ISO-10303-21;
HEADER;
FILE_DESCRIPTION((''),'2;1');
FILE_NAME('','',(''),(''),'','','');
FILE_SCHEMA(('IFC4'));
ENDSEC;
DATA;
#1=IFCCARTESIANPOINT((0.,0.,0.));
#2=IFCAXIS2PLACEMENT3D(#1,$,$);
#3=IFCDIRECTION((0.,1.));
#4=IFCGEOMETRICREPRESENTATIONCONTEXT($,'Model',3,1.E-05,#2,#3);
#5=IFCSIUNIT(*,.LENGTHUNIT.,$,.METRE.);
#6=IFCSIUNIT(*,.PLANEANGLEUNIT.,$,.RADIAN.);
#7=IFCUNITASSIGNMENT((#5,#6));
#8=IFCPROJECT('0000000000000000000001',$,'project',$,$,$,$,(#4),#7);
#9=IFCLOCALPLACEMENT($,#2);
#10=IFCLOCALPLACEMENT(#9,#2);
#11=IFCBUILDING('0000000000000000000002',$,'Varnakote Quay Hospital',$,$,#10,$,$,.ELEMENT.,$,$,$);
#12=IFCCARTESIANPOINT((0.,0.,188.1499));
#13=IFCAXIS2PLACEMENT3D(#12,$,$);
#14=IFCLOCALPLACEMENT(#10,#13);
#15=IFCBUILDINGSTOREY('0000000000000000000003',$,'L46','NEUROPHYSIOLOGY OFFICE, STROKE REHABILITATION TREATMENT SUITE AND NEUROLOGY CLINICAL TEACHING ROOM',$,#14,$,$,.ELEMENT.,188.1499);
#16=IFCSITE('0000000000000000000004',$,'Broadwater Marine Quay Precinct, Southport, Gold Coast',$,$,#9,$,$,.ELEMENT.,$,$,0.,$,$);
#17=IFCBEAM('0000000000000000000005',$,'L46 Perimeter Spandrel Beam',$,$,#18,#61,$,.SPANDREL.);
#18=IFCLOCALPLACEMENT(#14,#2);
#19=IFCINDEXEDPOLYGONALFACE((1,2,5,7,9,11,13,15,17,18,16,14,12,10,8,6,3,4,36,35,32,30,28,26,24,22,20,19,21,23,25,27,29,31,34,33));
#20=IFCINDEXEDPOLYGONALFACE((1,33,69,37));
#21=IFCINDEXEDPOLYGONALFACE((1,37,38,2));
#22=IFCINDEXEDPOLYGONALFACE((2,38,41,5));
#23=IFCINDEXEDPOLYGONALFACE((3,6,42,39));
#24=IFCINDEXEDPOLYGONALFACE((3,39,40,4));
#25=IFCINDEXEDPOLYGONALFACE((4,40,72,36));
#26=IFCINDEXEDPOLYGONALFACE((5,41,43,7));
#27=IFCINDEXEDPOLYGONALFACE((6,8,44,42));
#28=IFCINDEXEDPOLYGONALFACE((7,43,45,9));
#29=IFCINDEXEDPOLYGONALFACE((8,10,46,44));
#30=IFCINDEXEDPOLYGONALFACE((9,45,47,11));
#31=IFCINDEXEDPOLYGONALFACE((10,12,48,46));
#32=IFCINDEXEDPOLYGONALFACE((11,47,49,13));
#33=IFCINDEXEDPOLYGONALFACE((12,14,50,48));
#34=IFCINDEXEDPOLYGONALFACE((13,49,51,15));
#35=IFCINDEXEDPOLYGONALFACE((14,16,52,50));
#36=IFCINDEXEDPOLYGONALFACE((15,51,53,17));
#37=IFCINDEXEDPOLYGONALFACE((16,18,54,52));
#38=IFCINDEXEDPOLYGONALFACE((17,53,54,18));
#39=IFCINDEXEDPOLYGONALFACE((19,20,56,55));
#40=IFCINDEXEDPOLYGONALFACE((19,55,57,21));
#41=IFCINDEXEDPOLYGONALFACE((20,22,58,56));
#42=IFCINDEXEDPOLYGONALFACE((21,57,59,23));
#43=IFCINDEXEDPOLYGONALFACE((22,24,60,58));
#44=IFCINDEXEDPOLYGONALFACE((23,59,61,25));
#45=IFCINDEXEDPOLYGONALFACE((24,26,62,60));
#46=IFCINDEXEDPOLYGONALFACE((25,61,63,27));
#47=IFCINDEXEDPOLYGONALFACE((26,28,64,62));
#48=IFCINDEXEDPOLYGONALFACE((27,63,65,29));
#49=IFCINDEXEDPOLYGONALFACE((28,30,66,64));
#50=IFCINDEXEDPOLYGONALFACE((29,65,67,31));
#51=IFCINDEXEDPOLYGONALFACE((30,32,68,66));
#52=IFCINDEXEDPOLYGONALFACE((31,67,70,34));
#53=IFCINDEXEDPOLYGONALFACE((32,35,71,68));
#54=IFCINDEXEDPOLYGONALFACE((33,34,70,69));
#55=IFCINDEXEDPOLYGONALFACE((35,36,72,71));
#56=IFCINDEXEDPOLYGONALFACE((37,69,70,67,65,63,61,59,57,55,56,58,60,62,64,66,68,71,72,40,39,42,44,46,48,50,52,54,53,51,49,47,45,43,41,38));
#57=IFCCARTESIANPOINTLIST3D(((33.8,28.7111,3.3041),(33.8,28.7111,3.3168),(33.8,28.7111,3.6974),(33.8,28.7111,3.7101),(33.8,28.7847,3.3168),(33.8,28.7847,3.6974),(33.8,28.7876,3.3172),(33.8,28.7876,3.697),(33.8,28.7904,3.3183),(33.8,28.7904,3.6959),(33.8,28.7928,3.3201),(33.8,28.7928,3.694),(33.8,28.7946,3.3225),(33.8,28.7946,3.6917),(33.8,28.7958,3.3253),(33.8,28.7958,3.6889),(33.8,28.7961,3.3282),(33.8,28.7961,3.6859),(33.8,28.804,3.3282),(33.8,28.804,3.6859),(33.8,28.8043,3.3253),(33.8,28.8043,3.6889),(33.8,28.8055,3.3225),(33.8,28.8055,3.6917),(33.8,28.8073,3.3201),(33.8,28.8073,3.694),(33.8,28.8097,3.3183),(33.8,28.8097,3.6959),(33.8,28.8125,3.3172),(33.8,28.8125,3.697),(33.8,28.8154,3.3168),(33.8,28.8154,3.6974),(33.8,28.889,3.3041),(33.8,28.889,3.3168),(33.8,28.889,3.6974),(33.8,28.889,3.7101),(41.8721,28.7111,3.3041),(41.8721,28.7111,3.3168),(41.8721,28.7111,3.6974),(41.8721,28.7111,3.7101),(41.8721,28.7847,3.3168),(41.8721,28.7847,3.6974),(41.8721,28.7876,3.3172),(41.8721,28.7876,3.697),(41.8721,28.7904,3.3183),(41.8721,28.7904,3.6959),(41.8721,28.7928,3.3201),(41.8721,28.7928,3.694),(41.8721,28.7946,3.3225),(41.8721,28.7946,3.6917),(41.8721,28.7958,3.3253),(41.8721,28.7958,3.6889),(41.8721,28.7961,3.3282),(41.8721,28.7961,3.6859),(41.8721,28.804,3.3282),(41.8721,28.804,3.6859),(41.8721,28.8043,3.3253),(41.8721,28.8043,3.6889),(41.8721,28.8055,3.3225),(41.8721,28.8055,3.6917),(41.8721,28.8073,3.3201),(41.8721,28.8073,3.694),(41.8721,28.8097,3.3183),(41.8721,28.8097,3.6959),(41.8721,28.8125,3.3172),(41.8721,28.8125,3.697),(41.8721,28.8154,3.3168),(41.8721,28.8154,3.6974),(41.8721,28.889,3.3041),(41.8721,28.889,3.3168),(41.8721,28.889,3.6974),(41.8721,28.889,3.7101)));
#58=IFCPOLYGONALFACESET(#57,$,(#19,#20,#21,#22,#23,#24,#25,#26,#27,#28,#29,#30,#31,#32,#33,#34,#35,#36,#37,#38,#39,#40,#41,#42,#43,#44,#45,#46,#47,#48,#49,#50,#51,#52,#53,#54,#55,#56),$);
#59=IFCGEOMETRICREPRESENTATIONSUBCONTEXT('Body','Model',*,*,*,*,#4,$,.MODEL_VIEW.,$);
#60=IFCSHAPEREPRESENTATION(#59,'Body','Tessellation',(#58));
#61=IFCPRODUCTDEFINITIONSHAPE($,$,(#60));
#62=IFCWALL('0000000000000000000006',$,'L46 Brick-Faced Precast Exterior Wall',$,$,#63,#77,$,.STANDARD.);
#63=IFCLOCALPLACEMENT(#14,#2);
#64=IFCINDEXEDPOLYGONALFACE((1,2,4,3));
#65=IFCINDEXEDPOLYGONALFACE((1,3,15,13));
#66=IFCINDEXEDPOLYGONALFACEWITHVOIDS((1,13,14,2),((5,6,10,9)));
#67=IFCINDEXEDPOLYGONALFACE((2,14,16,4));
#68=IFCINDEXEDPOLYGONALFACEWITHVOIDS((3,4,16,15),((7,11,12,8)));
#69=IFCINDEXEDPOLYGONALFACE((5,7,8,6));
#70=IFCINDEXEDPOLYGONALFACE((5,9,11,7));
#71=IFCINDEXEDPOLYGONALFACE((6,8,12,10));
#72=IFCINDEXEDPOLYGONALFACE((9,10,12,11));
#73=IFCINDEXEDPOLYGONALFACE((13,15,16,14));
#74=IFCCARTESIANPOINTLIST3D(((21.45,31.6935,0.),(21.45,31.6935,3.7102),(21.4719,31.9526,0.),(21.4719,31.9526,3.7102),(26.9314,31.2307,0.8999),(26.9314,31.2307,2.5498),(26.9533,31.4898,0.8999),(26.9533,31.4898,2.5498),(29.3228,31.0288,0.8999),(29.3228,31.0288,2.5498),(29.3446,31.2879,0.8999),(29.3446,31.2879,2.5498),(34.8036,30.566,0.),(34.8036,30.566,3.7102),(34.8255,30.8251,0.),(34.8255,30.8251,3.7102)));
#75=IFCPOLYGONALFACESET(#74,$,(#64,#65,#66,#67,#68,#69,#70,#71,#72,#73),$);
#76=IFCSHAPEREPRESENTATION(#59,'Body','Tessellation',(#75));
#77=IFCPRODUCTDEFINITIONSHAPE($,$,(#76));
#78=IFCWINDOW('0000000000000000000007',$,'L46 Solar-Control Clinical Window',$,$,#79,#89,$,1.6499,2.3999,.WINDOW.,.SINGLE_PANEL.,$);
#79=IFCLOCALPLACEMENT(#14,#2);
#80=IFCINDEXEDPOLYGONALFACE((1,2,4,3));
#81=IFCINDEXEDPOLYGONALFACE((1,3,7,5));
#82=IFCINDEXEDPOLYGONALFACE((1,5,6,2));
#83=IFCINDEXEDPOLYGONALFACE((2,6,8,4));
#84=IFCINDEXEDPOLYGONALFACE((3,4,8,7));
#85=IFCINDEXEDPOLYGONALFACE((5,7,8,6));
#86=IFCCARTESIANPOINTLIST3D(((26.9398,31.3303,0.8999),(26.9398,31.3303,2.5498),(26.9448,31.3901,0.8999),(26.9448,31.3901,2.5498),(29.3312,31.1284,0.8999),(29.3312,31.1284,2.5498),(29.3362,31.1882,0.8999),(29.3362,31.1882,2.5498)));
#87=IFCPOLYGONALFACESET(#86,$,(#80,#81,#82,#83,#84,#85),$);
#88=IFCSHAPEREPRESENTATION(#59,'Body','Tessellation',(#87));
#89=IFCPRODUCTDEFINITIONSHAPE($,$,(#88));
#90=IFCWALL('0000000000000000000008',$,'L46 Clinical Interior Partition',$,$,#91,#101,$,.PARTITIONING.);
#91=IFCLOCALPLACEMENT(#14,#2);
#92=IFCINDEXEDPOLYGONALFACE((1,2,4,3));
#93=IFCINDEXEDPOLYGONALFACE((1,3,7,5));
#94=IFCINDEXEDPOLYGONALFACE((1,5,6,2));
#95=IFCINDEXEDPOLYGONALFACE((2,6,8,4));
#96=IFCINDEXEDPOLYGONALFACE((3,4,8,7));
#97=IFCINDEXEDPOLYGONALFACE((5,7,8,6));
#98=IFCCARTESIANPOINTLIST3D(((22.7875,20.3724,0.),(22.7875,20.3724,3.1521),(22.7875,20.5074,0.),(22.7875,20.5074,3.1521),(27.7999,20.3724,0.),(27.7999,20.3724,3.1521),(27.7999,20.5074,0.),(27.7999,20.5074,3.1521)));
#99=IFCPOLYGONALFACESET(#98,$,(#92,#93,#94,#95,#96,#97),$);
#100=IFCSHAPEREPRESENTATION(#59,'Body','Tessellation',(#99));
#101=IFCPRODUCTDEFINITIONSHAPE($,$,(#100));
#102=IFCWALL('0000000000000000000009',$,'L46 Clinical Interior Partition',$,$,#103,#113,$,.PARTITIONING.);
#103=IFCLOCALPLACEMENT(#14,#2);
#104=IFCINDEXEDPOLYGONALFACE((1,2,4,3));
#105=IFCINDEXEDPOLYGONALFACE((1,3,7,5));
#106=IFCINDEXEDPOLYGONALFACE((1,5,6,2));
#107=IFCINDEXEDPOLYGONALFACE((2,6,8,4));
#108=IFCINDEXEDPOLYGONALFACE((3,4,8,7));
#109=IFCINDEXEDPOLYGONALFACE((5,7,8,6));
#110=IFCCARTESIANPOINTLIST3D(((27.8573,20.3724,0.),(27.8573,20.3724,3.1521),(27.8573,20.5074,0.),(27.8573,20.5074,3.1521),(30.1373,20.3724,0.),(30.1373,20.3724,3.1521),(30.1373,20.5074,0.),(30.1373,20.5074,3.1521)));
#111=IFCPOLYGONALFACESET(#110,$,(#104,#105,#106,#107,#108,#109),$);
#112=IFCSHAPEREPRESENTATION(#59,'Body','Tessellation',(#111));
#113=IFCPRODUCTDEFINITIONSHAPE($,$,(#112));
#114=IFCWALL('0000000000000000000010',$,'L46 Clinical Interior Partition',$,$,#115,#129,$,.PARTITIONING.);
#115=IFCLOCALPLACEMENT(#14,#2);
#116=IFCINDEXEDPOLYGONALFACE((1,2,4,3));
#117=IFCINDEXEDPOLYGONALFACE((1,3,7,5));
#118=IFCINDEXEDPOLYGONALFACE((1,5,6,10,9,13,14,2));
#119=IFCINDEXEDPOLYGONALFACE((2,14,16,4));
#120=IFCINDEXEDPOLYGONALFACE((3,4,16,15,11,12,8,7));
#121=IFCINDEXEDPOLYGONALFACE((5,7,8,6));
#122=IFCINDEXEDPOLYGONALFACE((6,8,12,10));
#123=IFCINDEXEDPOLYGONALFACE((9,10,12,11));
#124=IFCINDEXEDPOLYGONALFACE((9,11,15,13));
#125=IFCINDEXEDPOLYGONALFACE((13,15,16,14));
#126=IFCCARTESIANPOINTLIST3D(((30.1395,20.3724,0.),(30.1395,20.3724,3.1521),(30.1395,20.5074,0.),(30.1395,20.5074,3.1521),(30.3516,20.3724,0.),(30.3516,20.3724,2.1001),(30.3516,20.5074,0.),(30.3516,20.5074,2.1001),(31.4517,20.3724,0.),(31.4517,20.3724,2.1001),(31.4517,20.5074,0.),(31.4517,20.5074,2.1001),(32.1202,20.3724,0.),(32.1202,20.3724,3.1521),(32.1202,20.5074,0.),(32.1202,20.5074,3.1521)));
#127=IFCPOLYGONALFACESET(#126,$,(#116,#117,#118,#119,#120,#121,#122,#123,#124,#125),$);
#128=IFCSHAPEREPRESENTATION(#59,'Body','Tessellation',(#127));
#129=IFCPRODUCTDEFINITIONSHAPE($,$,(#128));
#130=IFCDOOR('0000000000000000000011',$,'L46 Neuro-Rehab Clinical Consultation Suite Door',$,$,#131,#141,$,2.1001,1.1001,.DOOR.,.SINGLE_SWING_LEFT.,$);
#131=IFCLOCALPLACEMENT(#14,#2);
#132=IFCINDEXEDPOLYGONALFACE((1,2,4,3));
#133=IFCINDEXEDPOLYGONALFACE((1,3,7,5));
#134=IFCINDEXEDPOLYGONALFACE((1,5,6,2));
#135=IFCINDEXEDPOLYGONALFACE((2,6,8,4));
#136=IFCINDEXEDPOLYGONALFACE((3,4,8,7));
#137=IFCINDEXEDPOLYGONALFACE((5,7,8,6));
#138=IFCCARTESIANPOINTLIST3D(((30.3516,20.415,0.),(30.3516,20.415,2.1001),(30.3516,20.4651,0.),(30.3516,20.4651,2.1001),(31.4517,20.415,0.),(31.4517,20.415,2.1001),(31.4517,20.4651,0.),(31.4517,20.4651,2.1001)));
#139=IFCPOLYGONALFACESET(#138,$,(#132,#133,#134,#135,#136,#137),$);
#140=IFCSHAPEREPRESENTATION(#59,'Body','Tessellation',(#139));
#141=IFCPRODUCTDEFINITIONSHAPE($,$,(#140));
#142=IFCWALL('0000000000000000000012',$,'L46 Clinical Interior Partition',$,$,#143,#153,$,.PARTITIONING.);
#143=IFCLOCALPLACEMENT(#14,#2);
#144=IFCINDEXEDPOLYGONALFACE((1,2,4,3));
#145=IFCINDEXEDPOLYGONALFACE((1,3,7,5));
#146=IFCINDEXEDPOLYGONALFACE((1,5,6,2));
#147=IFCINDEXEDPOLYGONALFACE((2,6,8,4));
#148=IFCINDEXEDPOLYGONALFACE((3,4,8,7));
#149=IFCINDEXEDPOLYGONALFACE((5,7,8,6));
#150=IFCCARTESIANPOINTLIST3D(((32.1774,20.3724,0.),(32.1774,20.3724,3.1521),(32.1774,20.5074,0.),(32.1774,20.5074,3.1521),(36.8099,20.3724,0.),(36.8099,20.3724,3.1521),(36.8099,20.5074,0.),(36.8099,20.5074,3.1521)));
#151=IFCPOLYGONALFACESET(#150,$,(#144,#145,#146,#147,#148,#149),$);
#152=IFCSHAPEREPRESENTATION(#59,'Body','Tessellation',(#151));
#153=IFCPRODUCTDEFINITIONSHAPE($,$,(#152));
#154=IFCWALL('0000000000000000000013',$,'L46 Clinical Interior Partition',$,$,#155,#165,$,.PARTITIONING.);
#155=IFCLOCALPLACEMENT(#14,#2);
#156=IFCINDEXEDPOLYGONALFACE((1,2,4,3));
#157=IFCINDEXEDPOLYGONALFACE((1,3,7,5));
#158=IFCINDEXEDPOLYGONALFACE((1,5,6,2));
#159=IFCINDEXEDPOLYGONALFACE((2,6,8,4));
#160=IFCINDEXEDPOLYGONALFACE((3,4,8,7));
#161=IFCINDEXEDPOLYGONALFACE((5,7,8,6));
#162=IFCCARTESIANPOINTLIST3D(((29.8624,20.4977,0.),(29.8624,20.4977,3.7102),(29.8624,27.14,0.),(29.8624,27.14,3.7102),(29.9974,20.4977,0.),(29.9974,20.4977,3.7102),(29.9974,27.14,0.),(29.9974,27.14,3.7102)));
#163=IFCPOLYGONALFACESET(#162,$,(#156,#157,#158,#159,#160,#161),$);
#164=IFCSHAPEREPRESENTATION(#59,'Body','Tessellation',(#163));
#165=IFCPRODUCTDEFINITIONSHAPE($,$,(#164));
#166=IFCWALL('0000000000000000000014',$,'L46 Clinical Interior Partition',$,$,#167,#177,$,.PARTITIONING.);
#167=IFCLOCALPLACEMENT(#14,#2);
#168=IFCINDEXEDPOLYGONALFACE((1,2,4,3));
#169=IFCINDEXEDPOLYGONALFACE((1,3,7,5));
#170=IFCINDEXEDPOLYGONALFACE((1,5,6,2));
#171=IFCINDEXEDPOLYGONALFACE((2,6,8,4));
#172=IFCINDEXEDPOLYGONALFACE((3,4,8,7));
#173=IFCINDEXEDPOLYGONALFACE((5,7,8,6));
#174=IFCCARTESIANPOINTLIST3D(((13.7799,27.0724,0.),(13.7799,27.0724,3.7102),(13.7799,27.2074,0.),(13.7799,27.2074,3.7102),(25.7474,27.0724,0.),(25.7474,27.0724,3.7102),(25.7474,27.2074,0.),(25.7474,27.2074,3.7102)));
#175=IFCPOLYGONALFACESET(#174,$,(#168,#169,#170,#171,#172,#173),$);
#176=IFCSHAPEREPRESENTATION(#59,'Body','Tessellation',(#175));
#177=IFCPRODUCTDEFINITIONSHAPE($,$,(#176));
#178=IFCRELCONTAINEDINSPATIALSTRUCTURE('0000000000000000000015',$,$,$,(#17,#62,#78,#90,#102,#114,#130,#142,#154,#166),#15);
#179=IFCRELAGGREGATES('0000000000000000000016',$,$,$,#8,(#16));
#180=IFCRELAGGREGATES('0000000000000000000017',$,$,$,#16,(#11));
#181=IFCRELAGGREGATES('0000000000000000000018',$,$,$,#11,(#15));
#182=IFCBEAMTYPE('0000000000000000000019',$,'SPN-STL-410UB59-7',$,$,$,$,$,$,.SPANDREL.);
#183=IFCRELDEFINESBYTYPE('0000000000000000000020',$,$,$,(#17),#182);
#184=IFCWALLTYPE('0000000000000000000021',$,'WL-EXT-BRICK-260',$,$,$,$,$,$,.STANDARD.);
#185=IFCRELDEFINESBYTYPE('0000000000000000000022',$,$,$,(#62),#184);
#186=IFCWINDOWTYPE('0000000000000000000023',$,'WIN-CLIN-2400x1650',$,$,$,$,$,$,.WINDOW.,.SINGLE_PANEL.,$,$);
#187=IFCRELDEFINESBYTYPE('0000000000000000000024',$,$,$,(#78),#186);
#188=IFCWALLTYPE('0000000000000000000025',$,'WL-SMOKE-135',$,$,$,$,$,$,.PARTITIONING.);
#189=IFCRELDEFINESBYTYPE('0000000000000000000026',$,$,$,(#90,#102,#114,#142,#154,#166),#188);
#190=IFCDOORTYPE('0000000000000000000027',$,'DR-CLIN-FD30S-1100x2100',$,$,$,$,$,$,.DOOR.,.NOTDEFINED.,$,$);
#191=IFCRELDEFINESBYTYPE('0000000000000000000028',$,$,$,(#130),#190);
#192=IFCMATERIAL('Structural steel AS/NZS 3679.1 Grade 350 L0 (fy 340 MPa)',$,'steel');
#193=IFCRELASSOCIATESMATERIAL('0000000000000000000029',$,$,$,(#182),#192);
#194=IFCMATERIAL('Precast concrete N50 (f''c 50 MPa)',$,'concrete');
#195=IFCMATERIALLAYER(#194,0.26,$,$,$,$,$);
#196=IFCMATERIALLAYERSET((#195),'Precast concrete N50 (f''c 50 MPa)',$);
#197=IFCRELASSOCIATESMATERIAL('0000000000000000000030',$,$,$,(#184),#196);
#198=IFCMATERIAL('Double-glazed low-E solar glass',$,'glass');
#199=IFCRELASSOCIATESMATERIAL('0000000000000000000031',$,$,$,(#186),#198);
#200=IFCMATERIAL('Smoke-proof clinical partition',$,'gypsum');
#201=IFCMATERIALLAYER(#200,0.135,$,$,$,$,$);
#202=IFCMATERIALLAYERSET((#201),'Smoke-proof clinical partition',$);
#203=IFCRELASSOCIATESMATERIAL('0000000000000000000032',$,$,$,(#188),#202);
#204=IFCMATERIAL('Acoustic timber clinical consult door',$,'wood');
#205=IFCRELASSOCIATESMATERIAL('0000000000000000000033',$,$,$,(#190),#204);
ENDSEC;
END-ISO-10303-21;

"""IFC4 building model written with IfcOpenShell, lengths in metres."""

from ifc_helpers import new_model, si_unit, direction, frame, frame_2d, origin, origin_2d, place, context, subcontext, project, spatial, rectangle, i_section, extrude, material, layer, layer_set, material_profile, profile_set, type_object, element, fill, save


model = new_model("IFC4")

# Units and contexts
model_context = context("Model", 3, precision=1e-05, world=origin(), true_north=direction((0.0, 1.0)))
body_context = subcontext(model_context, "Body", "Model", "MODEL_VIEW")
ifc_project = project(units=[si_unit("LENGTHUNIT", "METRE"), si_unit("PLANEANGLEUNIT", "RADIAN")], contexts=[model_context])

# Site, building, storey
site_placement = place(None, origin())
site = spatial("IfcSite", under=ifc_project, at=site_placement, Name="Broadwater Marine Quay Precinct, Southport, Gold Coast", CompositionType="ELEMENT", RefElevation=0.0)
building_placement = place(site_placement, origin())
building = spatial("IfcBuilding", under=site, at=building_placement, Name="Varnakote Quay Hospital", CompositionType="ELEMENT")
storey_placement = place(building_placement, frame((0.0, 0.0, 188.1499)))
storey = spatial("IfcBuildingStorey", under=building, at=storey_placement, Name="L46", Description="NEUROPHYSIOLOGY OFFICE, STROKE REHABILITATION TREATMENT SUITE AND NEUROLOGY CLINICAL TEACHING ROOM", CompositionType="ELEMENT", Elevation=188.1499)

# Beam
ifc_material_1 = material(Name="Structural steel AS/NZS 3679.1 Grade 350 L0 (fy 340 MPa)", Category="steel")
ifc_material_profile_1 = material_profile(ifc_material_1, i_section(OverallWidth=0.178, OverallDepth=0.406, WebThickness=0.0078, FlangeThickness=0.0127, FilletRadius=0.0115, at=origin_2d()), Name="410UB59.7")
ifc_profile_set_1 = profile_set([ifc_material_profile_1], Name="Structural steel AS/NZS 3679.1 Grade 350 L0 (fy 340 MPa)")
beam_type_1 = type_object("IfcBeamType", Name="SPN-STL-410UB59-7", PredefinedType="SPANDREL", material=ifc_profile_set_1)
for number, where, z_axis, x_axis, name in (
    (1, (33.8, 28.8, 3.5071), (1.0, 0.0, 0.0), (0.0, 1.0, 0.0), "L46 Perimeter Spandrel Beam"),
):
    element("IfcBeam", number, at=place(storey_placement, frame(where, z_axis=z_axis, x_axis=x_axis)), inside=storey, type_object=beam_type_1, Name=name, PredefinedType="SPANDREL", context=body_context, shape_type="SweptSolid", body=[
        extrude(i_section(OverallWidth=0.178, OverallDepth=0.406, WebThickness=0.0078, FlangeThickness=0.0127, FilletRadius=0.0115, at=origin_2d()), origin(), (0.0, 0.0, 1.0), 8.072),
    ])

# Wall, opening, window
ifc_material_2 = material(Name="Precast concrete N50 (f'c 50 MPa)", Category="concrete")
ifc_layer_1 = layer(ifc_material_2, 0.26)
ifc_layer_set_1 = layer_set([ifc_layer_1], Name="Precast concrete N50 (f'c 50 MPa)")
wall_type_1 = type_object("IfcWallType", Name="WL-EXT-BRICK-260", PredefinedType="STANDARD", material=ifc_layer_set_1)
wall_1_placement = place(storey_placement, frame((34.8147, 30.6956, 0.0), z_axis=(0.0, 0.0, 1.0), x_axis=(-0.996455, 0.084131, 0.0)))
wall_1 = element("IfcWall", 2, at=wall_1_placement, inside=storey, type_object=wall_type_1, Name="L46 Brick-Faced Precast Exterior Wall", PredefinedType="STANDARD", context=body_context, shape_type="SweptSolid", body=[
    extrude(rectangle(XDim=13.4011, YDim=0.26, at=frame_2d((6.7007, 0.0))), origin(), (0.0, 0.0, 1.0), 3.7102),
])
opening_1_placement = place(wall_1_placement, frame((5.5005, 0.0, 0.8999)))
opening_1 = element("IfcOpeningElement", 3, at=opening_1_placement, cuts=wall_1, PredefinedType="OPENING", context=body_context, shape_type="SweptSolid", body=[
    extrude(rectangle(XDim=2.3999, YDim=1.6499, at=frame_2d((1.2, 0.825))), frame((0.0, 0.1399, 0.0), z_axis=(0.0, -1.0, 0.0), x_axis=(1.0, 0.0, 0.0)), (0.0, 0.0, 1.0), 0.28),
])
ifc_material_3 = material(Name="Double-glazed low-E solar glass", Category="glass")
window_type = type_object("IfcWindowType", Name="WIN-CLIN-2400x1650", PartitioningType="SINGLE_PANEL", PredefinedType="WINDOW", material=ifc_material_3)
window_placement = place(opening_1_placement, origin())
window = element("IfcWindow", 4, at=window_placement, inside=storey, type_object=window_type, Name="L46 Solar-Control Clinical Window", OverallHeight=1.6499, OverallWidth=2.3999, PartitioningType="SINGLE_PANEL", PredefinedType="WINDOW", context=body_context, shape_type="SweptSolid", body=[
    extrude(rectangle(XDim=2.3999, YDim=1.6499, at=frame_2d((1.2, 0.825))), frame((0.0, 0.03, 0.0), z_axis=(0.0, -1.0, 0.0), x_axis=(1.0, 0.0, 0.0)), (0.0, 0.0, 1.0), 0.0601),
])
fill(opening_1, window)

# Walls
ifc_material_4 = material(Name="Smoke-proof clinical partition", Category="gypsum")
ifc_layer_2 = layer(ifc_material_4, 0.135)
ifc_layer_set_2 = layer_set([ifc_layer_2], Name="Smoke-proof clinical partition")
wall_type_2 = type_object("IfcWallType", Name="WL-SMOKE-135", PredefinedType="PARTITIONING", material=ifc_layer_set_2)
wall_2_placement = place(storey_placement, frame((27.8, 20.4399, 0.0), z_axis=(0.0, 0.0, 1.0), x_axis=(-1.0, 0.0, 0.0)))
element("IfcWall", 5, at=wall_2_placement, inside=storey, type_object=wall_type_2, Name="L46 Clinical Interior Partition", PredefinedType="PARTITIONING", context=body_context, shape_type="SweptSolid", body=[
    extrude(rectangle(XDim=5.0125, YDim=0.135, at=frame_2d((2.5063, 0.0))), origin(), (0.0, 0.0, 1.0), 3.1521),
])
wall_3_placement = place(storey_placement, frame((30.1375, 20.4399, 0.0), z_axis=(0.0, 0.0, 1.0), x_axis=(-1.0, 0.0, 0.0)))
element("IfcWall", 6, at=wall_3_placement, inside=storey, type_object=wall_type_2, Name="L46 Clinical Interior Partition", PredefinedType="PARTITIONING", context=body_context, shape_type="SweptSolid", body=[
    extrude(rectangle(XDim=2.28, YDim=0.135, at=frame_2d((1.1401, 0.0))), origin(), (0.0, 0.0, 1.0), 3.1521),
])

# Wall, opening, door
wall_4_placement = place(storey_placement, frame((32.1201, 20.4399, 0.0), z_axis=(0.0, 0.0, 1.0), x_axis=(-1.0, 0.0, 0.0)))
wall_4 = element("IfcWall", 7, at=wall_4_placement, inside=storey, type_object=wall_type_2, Name="L46 Clinical Interior Partition", PredefinedType="PARTITIONING", context=body_context, shape_type="SweptSolid", body=[
    extrude(rectangle(XDim=1.9807, YDim=0.135, at=frame_2d((0.9902, 0.0))), origin(), (0.0, 0.0, 1.0), 3.1521),
])
opening_2_placement = place(wall_4_placement, frame((0.6685, 0.0, 0.0)))
opening_2 = element("IfcOpeningElement", 8, at=opening_2_placement, cuts=wall_4, PredefinedType="OPENING", context=body_context, shape_type="SweptSolid", body=[
    extrude(rectangle(XDim=1.1001, YDim=2.1001, at=frame_2d((0.55, 1.05))), frame((0.0, 0.0774, 0.0), z_axis=(0.0, -1.0, 0.0), x_axis=(1.0, 0.0, 0.0)), (0.0, 0.0, 1.0), 0.155),
])
ifc_material_5 = material(Name="Acoustic timber clinical consult door", Category="wood")
door_type = type_object("IfcDoorType", Name="DR-CLIN-FD30S-1100x2100", OperationType="NOTDEFINED", PredefinedType="DOOR", material=ifc_material_5)
door_1_placement = place(opening_2_placement, origin())
door_1 = element("IfcDoor", 9, at=door_1_placement, inside=storey, type_object=door_type, Name="L46 Neuro-Rehab Clinical Consultation Suite Door", OperationType="SINGLE_SWING_LEFT", OverallHeight=2.1001, OverallWidth=1.1001, PredefinedType="DOOR", context=body_context, shape_type="SweptSolid", body=[
    extrude(rectangle(XDim=1.1001, YDim=2.1001, at=frame_2d((0.55, 1.05))), frame((0.0, 0.0249, 0.0), z_axis=(0.0, -1.0, 0.0), x_axis=(1.0, 0.0, 0.0)), (0.0, 0.0, 1.0), 0.05),
])
fill(opening_2, door_1)

# Walls
wall_5_placement = place(storey_placement, frame((36.8101, 20.4399, 0.0), z_axis=(0.0, 0.0, 1.0), x_axis=(-1.0, 0.0, 0.0)))
element("IfcWall", 10, at=wall_5_placement, inside=storey, type_object=wall_type_2, Name="L46 Clinical Interior Partition", PredefinedType="PARTITIONING", context=body_context, shape_type="SweptSolid", body=[
    extrude(rectangle(XDim=4.6326, YDim=0.135, at=frame_2d((2.3164, 0.0))), origin(), (0.0, 0.0, 1.0), 3.1521),
])
wall_6_placement = place(storey_placement, frame((29.9299, 20.4976, 0.0), z_axis=(0.0, 0.0, 1.0), x_axis=(0.0, 1.0, 0.0)))
element("IfcWall", 11, at=wall_6_placement, inside=storey, type_object=wall_type_2, Name="L46 Clinical Interior Partition", PredefinedType="PARTITIONING", context=body_context, shape_type="SweptSolid", body=[
    extrude(rectangle(XDim=6.6423, YDim=0.135, at=frame_2d((3.3213, 0.0))), origin(), (0.0, 0.0, 1.0), 3.7102),
])
wall_7_placement = place(storey_placement, frame((25.7476, 27.1399, 0.0), z_axis=(0.0, 0.0, 1.0), x_axis=(-1.0, 0.0, 0.0)))
element("IfcWall", 12, at=wall_7_placement, inside=storey, type_object=wall_type_2, Name="L46 Clinical Interior Partition", PredefinedType="PARTITIONING", context=body_context, shape_type="SweptSolid", body=[
    extrude(rectangle(XDim=11.9675, YDim=0.135, at=frame_2d((5.9839, 0.0))), origin(), (0.0, 0.0, 1.0), 3.7102),
])

save(model, "model.ifc")
